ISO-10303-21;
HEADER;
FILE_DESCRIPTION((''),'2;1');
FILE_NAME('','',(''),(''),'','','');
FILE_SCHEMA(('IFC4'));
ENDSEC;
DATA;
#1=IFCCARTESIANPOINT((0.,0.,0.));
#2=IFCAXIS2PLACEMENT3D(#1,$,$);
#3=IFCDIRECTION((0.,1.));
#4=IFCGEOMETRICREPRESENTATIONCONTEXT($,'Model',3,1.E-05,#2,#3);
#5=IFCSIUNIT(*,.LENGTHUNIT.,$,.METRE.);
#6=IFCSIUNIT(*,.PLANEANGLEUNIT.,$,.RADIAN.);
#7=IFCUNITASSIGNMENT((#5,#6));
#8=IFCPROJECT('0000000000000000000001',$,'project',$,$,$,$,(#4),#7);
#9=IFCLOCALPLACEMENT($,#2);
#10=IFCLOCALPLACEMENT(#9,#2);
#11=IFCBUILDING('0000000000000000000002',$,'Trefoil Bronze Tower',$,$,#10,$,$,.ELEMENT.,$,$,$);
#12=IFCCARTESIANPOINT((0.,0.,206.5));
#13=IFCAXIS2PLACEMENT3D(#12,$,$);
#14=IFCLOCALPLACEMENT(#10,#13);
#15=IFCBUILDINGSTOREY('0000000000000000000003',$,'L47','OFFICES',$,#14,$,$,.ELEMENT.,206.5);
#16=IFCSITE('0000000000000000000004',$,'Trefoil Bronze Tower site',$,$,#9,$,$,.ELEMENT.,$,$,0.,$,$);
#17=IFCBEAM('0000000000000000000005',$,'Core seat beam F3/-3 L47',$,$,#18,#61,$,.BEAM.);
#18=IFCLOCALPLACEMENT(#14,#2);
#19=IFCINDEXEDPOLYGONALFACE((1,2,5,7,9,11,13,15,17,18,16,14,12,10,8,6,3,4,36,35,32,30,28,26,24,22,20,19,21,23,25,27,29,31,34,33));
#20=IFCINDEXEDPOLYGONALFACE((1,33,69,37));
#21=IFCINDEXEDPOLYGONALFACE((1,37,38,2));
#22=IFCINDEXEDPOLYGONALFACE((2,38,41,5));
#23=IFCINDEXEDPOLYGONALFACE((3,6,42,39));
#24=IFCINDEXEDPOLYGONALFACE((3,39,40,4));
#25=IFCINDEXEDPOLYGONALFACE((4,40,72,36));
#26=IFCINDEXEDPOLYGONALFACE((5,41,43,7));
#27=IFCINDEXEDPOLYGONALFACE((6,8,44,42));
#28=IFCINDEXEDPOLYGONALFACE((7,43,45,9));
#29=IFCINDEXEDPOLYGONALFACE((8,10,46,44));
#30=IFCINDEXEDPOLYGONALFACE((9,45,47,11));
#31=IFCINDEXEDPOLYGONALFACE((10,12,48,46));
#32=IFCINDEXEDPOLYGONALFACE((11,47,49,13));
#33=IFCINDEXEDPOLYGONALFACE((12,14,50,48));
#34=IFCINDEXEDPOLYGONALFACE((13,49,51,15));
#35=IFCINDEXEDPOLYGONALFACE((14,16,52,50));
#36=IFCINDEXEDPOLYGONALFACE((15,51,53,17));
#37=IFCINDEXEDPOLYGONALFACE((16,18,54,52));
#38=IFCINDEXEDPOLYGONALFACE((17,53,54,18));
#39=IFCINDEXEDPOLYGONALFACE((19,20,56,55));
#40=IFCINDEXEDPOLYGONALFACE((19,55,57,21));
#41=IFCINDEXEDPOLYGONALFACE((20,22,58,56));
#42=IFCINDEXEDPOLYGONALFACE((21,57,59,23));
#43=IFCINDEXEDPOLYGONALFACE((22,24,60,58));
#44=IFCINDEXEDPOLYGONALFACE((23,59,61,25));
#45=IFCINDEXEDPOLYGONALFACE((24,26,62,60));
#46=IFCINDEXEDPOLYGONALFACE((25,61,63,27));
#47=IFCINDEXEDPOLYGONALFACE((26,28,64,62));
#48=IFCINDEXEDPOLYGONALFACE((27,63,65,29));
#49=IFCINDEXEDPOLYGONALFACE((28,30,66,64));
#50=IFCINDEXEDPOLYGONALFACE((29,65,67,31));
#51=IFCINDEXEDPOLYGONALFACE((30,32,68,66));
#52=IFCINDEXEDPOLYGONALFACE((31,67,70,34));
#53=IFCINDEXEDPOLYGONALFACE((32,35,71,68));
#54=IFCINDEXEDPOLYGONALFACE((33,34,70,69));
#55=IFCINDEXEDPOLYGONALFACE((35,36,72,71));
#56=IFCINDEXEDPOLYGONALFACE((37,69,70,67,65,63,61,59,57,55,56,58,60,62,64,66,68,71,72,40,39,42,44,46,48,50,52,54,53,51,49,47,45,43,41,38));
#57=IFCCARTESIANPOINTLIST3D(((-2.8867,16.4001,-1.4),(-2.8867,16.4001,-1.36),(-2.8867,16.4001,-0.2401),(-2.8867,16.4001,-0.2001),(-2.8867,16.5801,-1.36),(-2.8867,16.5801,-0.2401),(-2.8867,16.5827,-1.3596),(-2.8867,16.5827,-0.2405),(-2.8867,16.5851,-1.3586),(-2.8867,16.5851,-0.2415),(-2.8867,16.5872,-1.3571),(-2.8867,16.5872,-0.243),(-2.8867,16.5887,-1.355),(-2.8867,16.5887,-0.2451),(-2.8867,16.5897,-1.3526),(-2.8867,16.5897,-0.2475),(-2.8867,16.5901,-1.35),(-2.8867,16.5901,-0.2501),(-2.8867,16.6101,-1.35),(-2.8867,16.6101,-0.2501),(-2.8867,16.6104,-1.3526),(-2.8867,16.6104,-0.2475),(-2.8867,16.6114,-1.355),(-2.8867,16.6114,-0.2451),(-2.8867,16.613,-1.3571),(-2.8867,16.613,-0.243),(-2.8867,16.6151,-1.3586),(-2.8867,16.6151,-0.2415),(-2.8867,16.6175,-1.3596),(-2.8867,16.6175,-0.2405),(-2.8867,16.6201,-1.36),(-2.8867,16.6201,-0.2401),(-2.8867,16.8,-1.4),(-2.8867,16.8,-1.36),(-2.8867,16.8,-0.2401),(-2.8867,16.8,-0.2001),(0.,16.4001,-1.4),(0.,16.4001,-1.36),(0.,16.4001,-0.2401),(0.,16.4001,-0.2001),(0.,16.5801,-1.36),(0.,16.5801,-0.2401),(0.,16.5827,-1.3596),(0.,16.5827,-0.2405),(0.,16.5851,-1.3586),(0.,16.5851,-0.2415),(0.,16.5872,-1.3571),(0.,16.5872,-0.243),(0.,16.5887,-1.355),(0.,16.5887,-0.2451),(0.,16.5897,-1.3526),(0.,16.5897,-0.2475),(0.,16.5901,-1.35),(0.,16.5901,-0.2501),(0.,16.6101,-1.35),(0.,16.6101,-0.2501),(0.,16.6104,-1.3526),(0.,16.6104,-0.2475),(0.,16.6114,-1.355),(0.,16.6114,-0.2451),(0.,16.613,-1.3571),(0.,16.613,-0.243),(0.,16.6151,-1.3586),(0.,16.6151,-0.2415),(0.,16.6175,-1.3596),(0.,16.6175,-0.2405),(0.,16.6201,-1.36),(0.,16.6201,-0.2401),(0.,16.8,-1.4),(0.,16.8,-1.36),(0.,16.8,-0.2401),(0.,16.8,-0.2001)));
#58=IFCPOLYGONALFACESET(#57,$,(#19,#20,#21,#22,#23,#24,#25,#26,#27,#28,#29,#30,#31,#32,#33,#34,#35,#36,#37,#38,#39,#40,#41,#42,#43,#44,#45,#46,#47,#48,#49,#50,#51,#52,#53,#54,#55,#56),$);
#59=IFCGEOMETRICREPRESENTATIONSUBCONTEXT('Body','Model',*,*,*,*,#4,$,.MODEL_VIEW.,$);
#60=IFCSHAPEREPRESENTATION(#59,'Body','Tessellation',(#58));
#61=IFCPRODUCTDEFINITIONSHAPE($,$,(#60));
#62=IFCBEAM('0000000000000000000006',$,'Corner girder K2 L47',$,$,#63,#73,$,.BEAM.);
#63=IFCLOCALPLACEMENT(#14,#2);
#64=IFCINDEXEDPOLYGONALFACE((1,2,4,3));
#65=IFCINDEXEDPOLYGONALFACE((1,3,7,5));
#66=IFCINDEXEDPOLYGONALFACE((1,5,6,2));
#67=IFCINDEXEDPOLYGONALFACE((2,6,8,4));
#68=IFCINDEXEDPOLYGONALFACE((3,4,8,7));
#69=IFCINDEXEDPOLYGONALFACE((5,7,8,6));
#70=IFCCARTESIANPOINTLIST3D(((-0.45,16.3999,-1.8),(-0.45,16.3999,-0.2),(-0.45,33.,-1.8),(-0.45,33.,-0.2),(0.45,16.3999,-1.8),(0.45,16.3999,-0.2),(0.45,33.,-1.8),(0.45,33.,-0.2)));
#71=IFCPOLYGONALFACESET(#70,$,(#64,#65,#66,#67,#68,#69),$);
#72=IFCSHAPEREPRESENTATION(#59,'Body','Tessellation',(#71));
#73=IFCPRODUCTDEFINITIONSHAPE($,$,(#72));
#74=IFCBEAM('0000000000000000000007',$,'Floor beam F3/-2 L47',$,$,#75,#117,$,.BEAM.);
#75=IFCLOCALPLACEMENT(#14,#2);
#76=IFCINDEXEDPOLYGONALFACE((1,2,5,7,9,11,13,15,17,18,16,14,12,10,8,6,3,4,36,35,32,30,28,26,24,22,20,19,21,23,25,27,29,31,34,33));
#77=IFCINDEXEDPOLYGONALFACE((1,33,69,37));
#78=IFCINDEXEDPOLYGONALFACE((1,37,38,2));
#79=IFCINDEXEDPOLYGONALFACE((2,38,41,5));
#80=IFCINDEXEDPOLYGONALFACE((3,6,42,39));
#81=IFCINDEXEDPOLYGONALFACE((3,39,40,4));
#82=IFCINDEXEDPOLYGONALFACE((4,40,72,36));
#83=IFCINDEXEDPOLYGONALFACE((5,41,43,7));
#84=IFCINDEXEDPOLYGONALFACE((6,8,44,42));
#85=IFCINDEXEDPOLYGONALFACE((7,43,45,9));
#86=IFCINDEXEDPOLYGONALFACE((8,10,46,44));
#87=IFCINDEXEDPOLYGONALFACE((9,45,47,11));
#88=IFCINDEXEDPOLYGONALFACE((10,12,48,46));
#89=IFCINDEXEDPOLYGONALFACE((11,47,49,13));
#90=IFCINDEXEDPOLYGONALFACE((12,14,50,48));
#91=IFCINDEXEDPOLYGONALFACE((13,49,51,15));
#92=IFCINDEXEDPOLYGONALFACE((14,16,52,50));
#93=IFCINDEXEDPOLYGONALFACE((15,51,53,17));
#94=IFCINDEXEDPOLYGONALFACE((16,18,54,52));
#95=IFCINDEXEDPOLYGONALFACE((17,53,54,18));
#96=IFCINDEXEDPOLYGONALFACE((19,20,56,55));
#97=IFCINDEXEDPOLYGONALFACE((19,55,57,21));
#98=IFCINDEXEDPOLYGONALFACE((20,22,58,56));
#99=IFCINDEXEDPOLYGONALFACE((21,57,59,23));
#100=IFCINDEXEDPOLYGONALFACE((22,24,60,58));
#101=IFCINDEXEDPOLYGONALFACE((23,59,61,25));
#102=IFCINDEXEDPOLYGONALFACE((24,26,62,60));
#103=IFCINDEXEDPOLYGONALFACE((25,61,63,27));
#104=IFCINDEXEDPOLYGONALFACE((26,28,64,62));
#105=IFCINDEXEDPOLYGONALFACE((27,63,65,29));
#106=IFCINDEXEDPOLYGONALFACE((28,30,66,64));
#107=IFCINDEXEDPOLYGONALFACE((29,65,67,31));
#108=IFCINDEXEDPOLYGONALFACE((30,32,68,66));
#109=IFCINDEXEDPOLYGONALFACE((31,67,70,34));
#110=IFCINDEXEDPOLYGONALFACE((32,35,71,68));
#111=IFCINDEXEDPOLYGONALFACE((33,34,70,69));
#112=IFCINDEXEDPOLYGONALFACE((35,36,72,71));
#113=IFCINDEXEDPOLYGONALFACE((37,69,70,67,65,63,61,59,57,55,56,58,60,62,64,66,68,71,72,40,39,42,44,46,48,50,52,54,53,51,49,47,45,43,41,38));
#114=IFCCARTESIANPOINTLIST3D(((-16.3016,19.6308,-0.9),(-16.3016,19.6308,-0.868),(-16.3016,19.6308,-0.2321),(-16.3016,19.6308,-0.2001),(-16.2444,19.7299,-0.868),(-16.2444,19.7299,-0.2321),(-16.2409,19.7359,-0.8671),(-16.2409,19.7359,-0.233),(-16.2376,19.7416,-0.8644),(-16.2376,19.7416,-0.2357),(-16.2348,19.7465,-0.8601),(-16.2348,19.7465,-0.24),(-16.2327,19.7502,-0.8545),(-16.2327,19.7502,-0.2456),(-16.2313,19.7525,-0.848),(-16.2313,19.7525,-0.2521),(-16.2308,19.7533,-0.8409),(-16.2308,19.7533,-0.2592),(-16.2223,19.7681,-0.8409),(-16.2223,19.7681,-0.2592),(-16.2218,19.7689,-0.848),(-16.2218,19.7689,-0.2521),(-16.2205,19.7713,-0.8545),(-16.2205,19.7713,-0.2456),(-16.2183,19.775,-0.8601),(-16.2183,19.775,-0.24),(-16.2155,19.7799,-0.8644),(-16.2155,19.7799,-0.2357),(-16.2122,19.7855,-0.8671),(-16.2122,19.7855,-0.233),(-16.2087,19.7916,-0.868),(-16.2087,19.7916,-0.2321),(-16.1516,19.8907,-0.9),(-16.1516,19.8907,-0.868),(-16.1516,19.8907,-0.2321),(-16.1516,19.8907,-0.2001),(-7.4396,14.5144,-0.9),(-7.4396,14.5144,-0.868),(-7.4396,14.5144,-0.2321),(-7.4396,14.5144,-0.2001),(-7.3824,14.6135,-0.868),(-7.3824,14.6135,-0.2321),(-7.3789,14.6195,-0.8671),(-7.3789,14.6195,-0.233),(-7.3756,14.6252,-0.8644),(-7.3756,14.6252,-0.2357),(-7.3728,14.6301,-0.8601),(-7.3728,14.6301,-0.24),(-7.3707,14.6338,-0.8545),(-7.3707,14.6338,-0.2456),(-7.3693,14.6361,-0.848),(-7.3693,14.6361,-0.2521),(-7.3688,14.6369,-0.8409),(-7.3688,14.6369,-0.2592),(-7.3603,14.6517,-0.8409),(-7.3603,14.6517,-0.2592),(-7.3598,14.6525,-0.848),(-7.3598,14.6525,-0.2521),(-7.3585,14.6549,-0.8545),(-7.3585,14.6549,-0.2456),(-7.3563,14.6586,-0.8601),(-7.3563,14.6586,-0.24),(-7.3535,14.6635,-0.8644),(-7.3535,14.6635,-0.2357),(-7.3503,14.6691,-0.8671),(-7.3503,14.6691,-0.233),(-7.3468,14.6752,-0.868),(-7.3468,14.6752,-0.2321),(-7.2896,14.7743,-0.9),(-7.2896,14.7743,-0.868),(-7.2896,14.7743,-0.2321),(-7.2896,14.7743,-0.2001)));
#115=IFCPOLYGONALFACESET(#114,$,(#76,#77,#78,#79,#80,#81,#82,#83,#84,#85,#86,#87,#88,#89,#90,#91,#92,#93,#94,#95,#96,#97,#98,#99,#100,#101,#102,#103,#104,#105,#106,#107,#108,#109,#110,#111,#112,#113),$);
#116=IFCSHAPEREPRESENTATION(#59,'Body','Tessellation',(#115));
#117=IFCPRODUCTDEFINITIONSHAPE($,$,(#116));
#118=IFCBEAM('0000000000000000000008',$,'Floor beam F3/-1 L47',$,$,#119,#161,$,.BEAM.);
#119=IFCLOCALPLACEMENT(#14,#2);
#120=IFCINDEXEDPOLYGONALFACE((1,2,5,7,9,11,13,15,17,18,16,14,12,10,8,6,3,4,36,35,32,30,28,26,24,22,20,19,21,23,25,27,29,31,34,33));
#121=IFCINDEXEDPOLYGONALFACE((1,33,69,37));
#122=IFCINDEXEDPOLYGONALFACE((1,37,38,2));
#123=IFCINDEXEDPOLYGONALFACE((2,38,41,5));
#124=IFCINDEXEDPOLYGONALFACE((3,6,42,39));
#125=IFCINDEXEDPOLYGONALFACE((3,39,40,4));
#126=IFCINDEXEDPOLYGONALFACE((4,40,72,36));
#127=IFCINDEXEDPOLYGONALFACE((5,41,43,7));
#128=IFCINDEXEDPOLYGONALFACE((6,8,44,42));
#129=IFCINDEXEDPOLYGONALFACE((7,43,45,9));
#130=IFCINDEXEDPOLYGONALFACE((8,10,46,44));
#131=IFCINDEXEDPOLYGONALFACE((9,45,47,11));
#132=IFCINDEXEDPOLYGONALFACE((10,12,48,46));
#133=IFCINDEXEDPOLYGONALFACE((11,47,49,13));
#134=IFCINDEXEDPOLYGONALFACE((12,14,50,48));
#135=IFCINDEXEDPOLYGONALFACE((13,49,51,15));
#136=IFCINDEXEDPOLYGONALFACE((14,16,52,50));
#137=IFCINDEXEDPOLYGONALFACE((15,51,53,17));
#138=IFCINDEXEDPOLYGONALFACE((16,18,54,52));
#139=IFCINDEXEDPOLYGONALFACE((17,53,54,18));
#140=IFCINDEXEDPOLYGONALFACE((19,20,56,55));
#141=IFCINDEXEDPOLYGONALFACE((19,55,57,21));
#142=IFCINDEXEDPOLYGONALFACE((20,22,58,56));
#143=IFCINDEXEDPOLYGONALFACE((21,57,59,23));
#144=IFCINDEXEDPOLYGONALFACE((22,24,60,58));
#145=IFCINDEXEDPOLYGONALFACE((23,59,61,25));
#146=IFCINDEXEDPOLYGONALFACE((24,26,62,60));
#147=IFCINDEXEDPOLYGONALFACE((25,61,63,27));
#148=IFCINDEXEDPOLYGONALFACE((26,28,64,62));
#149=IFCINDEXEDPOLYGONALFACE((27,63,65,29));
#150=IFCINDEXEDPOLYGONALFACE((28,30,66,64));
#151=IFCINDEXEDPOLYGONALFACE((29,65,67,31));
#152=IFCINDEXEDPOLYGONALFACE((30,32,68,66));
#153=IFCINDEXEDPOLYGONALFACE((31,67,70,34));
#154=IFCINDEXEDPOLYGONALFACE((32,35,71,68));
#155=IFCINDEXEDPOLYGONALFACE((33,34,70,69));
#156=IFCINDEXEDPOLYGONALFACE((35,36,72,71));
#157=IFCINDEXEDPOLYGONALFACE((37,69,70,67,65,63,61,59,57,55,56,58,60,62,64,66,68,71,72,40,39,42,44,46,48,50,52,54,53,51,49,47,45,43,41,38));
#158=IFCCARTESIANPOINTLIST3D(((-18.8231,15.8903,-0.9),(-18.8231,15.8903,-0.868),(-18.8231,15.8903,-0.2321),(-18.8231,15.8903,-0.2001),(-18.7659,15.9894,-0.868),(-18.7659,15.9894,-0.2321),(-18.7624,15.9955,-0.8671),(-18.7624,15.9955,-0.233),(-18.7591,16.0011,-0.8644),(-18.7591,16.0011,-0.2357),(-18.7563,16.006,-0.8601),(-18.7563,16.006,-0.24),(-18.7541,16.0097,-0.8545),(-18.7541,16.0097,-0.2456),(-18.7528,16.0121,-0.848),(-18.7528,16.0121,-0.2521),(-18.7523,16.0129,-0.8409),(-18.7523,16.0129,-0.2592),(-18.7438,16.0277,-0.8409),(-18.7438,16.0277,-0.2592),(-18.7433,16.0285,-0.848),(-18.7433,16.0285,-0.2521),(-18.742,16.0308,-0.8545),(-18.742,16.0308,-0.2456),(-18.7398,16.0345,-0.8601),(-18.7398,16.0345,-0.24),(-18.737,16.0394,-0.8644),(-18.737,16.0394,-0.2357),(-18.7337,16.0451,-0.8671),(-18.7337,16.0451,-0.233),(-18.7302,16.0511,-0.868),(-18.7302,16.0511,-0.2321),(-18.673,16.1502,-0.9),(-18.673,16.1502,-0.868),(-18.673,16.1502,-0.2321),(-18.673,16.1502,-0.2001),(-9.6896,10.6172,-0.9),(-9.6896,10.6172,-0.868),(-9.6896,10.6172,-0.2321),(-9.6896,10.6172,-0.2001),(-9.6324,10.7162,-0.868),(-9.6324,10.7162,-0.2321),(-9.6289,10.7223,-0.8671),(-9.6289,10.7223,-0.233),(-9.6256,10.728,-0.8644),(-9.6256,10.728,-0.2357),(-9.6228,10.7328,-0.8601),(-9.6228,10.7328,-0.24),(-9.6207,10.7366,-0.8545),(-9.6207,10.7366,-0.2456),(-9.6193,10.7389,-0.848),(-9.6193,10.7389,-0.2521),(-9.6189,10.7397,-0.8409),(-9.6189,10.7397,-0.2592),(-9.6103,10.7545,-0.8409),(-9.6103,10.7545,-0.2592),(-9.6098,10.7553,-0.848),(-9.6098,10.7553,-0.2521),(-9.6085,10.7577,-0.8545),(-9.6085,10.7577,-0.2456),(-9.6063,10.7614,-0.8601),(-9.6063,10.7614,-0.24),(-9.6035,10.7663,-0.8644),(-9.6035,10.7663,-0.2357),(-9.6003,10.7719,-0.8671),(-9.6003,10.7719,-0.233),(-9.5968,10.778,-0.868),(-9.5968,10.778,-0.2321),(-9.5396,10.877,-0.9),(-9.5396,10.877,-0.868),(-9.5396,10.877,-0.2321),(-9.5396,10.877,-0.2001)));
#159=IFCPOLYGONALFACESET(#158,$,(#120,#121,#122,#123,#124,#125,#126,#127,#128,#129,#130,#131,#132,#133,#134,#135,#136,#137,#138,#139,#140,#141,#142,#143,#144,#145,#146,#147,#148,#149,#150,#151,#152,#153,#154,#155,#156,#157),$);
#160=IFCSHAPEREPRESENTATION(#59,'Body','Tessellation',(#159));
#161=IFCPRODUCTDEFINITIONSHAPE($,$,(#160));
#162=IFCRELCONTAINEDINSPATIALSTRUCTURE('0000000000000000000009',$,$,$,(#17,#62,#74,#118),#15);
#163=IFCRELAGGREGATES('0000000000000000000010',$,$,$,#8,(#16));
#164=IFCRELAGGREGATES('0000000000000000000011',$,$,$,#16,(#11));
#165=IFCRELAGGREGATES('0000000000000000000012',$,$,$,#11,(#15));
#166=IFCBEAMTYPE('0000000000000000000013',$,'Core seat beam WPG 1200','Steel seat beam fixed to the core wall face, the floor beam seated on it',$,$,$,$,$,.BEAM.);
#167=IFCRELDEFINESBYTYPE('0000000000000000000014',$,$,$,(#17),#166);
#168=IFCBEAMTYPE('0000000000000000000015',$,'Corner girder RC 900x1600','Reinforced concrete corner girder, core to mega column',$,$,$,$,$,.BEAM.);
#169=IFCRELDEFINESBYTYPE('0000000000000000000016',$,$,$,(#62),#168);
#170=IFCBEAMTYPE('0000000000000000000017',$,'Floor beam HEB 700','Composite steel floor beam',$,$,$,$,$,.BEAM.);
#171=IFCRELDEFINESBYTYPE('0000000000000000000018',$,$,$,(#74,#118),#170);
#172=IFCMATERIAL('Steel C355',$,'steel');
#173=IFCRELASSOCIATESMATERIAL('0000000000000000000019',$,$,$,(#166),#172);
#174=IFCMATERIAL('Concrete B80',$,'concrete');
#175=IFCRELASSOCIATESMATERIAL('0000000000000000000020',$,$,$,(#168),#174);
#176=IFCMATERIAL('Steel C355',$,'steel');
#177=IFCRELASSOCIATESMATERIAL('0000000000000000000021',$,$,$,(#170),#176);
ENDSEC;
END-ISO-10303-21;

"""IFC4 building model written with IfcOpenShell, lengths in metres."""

from ifc_helpers import new_model, si_unit, direction, frame, origin, origin_2d, place, context, subcontext, project, spatial, rectangle, i_section, extrude, material, material_profile, profile_set, type_object, element, save


model = new_model("IFC4")

# Units and contexts
model_context = context("Model", 3, precision=1e-05, world=origin(), true_north=direction((0.0, 1.0)))
body_context = subcontext(model_context, "Body", "Model", "MODEL_VIEW")
ifc_project = project(units=[si_unit("LENGTHUNIT", "METRE"), si_unit("PLANEANGLEUNIT", "RADIAN")], contexts=[model_context])

# Site, building, storey
site_placement = place(None, origin())
site = spatial("IfcSite", under=ifc_project, at=site_placement, Name="Trefoil Bronze Tower site", CompositionType="ELEMENT", RefElevation=0.0)
building_placement = place(site_placement, origin())
building = spatial("IfcBuilding", under=site, at=building_placement, Name="Trefoil Bronze Tower", CompositionType="ELEMENT")
storey_placement = place(building_placement, frame((0.0, 0.0, 206.5)))
storey = spatial("IfcBuildingStorey", under=building, at=storey_placement, Name="L47", Description="OFFICES", CompositionType="ELEMENT", Elevation=206.5)

# Beams
ifc_material_1 = material(Name="Steel C355", Category="steel")
ifc_material_profile_1 = material_profile(ifc_material_1, i_section(OverallWidth=0.3999, OverallDepth=1.2, WebThickness=0.02, FlangeThickness=0.04, FilletRadius=0.01, at=origin_2d()), Name="WPG 1200")
ifc_profile_set_1 = profile_set([ifc_material_profile_1], Name="Steel C355")
beam_type_1 = type_object("IfcBeamType", Name="Core seat beam WPG 1200", Description="Steel seat beam fixed to the core wall face, the floor beam seated on it", PredefinedType="BEAM", material=ifc_profile_set_1)
beam_1_placement = place(storey_placement, frame((0.0, 16.6001, -0.8), z_axis=(-1.0, 0.0, 0.0), x_axis=(0.0, -1.0, 0.0)))
element("IfcBeam", 1, at=beam_1_placement, inside=storey, type_object=beam_type_1, Name="Core seat beam F3/-3 L47", PredefinedType="BEAM", context=body_context, shape_type="SweptSolid", body=[
    extrude(i_section(OverallWidth=0.3999, OverallDepth=1.2, WebThickness=0.02, FlangeThickness=0.04, FilletRadius=0.01, at=origin_2d()), origin(), (0.0, 0.0, 1.0), 2.8867),
])
ifc_material_2 = material(Name="Concrete B80", Category="concrete")
ifc_material_profile_2 = material_profile(ifc_material_2, rectangle(XDim=0.8999, YDim=1.6001, at=origin_2d()), Name="RC 900x1600")
ifc_profile_set_2 = profile_set([ifc_material_profile_2], Name="Concrete B80")
beam_type_2 = type_object("IfcBeamType", Name="Corner girder RC 900x1600", Description="Reinforced concrete corner girder, core to mega column", PredefinedType="BEAM", material=ifc_profile_set_2)
beam_2_placement = place(storey_placement, frame((0.0, 16.3999, -1.0), z_axis=(0.0, 1.0, 0.0), x_axis=(-1.0, 0.0, 0.0)))
element("IfcBeam", 2, at=beam_2_placement, inside=storey, type_object=beam_type_2, Name="Corner girder K2 L47", PredefinedType="BEAM", context=body_context, shape_type="SweptSolid", body=[
    extrude(rectangle(XDim=0.8999, YDim=1.6001, at=origin_2d()), origin(), (0.0, 0.0, 1.0), 16.6001),
])
ifc_material_3 = material(Name="Steel C355", Category="steel")
ifc_material_profile_3 = material_profile(ifc_material_3, i_section(OverallWidth=0.3, OverallDepth=0.7, WebThickness=0.0171, FlangeThickness=0.032, FilletRadius=0.0271, at=origin_2d()), Name="HEB 700")
ifc_profile_set_3 = profile_set([ifc_material_profile_3], Name="Steel C355")
beam_type_3 = type_object("IfcBeamType", Name="Floor beam HEB 700", Description="Composite steel floor beam", PredefinedType="BEAM", material=ifc_profile_set_3)
beam_3_placement = place(storey_placement, frame((-16.2266, 19.7607, -0.55), z_axis=(0.866028, -0.499996, 0.0), x_axis=(0.499996, 0.866028, 0.0)))
element("IfcBeam", 3, at=beam_3_placement, inside=storey, type_object=beam_type_3, Name="Floor beam F3/-2 L47", PredefinedType="BEAM", context=body_context, shape_type="SweptSolid", body=[
    extrude(i_section(OverallWidth=0.3, OverallDepth=0.7, WebThickness=0.0171, FlangeThickness=0.032, FilletRadius=0.0271, at=origin_2d()), origin(), (0.0, 0.0, 1.0), 10.2329),
])
beam_4_placement = place(storey_placement, frame((-18.748, 16.0203, -0.55), z_axis=(0.866028, -0.499996, 0.0), x_axis=(0.499996, 0.866028, 0.0)))
element("IfcBeam", 4, at=beam_4_placement, inside=storey, type_object=beam_type_3, Name="Floor beam F3/-1 L47", PredefinedType="BEAM", context=body_context, shape_type="SweptSolid", body=[
    extrude(i_section(OverallWidth=0.3, OverallDepth=0.7, WebThickness=0.0171, FlangeThickness=0.032, FilletRadius=0.0271, at=origin_2d()), origin(), (0.0, 0.0, 1.0), 10.5464),
])

save(model, "model.ifc")
